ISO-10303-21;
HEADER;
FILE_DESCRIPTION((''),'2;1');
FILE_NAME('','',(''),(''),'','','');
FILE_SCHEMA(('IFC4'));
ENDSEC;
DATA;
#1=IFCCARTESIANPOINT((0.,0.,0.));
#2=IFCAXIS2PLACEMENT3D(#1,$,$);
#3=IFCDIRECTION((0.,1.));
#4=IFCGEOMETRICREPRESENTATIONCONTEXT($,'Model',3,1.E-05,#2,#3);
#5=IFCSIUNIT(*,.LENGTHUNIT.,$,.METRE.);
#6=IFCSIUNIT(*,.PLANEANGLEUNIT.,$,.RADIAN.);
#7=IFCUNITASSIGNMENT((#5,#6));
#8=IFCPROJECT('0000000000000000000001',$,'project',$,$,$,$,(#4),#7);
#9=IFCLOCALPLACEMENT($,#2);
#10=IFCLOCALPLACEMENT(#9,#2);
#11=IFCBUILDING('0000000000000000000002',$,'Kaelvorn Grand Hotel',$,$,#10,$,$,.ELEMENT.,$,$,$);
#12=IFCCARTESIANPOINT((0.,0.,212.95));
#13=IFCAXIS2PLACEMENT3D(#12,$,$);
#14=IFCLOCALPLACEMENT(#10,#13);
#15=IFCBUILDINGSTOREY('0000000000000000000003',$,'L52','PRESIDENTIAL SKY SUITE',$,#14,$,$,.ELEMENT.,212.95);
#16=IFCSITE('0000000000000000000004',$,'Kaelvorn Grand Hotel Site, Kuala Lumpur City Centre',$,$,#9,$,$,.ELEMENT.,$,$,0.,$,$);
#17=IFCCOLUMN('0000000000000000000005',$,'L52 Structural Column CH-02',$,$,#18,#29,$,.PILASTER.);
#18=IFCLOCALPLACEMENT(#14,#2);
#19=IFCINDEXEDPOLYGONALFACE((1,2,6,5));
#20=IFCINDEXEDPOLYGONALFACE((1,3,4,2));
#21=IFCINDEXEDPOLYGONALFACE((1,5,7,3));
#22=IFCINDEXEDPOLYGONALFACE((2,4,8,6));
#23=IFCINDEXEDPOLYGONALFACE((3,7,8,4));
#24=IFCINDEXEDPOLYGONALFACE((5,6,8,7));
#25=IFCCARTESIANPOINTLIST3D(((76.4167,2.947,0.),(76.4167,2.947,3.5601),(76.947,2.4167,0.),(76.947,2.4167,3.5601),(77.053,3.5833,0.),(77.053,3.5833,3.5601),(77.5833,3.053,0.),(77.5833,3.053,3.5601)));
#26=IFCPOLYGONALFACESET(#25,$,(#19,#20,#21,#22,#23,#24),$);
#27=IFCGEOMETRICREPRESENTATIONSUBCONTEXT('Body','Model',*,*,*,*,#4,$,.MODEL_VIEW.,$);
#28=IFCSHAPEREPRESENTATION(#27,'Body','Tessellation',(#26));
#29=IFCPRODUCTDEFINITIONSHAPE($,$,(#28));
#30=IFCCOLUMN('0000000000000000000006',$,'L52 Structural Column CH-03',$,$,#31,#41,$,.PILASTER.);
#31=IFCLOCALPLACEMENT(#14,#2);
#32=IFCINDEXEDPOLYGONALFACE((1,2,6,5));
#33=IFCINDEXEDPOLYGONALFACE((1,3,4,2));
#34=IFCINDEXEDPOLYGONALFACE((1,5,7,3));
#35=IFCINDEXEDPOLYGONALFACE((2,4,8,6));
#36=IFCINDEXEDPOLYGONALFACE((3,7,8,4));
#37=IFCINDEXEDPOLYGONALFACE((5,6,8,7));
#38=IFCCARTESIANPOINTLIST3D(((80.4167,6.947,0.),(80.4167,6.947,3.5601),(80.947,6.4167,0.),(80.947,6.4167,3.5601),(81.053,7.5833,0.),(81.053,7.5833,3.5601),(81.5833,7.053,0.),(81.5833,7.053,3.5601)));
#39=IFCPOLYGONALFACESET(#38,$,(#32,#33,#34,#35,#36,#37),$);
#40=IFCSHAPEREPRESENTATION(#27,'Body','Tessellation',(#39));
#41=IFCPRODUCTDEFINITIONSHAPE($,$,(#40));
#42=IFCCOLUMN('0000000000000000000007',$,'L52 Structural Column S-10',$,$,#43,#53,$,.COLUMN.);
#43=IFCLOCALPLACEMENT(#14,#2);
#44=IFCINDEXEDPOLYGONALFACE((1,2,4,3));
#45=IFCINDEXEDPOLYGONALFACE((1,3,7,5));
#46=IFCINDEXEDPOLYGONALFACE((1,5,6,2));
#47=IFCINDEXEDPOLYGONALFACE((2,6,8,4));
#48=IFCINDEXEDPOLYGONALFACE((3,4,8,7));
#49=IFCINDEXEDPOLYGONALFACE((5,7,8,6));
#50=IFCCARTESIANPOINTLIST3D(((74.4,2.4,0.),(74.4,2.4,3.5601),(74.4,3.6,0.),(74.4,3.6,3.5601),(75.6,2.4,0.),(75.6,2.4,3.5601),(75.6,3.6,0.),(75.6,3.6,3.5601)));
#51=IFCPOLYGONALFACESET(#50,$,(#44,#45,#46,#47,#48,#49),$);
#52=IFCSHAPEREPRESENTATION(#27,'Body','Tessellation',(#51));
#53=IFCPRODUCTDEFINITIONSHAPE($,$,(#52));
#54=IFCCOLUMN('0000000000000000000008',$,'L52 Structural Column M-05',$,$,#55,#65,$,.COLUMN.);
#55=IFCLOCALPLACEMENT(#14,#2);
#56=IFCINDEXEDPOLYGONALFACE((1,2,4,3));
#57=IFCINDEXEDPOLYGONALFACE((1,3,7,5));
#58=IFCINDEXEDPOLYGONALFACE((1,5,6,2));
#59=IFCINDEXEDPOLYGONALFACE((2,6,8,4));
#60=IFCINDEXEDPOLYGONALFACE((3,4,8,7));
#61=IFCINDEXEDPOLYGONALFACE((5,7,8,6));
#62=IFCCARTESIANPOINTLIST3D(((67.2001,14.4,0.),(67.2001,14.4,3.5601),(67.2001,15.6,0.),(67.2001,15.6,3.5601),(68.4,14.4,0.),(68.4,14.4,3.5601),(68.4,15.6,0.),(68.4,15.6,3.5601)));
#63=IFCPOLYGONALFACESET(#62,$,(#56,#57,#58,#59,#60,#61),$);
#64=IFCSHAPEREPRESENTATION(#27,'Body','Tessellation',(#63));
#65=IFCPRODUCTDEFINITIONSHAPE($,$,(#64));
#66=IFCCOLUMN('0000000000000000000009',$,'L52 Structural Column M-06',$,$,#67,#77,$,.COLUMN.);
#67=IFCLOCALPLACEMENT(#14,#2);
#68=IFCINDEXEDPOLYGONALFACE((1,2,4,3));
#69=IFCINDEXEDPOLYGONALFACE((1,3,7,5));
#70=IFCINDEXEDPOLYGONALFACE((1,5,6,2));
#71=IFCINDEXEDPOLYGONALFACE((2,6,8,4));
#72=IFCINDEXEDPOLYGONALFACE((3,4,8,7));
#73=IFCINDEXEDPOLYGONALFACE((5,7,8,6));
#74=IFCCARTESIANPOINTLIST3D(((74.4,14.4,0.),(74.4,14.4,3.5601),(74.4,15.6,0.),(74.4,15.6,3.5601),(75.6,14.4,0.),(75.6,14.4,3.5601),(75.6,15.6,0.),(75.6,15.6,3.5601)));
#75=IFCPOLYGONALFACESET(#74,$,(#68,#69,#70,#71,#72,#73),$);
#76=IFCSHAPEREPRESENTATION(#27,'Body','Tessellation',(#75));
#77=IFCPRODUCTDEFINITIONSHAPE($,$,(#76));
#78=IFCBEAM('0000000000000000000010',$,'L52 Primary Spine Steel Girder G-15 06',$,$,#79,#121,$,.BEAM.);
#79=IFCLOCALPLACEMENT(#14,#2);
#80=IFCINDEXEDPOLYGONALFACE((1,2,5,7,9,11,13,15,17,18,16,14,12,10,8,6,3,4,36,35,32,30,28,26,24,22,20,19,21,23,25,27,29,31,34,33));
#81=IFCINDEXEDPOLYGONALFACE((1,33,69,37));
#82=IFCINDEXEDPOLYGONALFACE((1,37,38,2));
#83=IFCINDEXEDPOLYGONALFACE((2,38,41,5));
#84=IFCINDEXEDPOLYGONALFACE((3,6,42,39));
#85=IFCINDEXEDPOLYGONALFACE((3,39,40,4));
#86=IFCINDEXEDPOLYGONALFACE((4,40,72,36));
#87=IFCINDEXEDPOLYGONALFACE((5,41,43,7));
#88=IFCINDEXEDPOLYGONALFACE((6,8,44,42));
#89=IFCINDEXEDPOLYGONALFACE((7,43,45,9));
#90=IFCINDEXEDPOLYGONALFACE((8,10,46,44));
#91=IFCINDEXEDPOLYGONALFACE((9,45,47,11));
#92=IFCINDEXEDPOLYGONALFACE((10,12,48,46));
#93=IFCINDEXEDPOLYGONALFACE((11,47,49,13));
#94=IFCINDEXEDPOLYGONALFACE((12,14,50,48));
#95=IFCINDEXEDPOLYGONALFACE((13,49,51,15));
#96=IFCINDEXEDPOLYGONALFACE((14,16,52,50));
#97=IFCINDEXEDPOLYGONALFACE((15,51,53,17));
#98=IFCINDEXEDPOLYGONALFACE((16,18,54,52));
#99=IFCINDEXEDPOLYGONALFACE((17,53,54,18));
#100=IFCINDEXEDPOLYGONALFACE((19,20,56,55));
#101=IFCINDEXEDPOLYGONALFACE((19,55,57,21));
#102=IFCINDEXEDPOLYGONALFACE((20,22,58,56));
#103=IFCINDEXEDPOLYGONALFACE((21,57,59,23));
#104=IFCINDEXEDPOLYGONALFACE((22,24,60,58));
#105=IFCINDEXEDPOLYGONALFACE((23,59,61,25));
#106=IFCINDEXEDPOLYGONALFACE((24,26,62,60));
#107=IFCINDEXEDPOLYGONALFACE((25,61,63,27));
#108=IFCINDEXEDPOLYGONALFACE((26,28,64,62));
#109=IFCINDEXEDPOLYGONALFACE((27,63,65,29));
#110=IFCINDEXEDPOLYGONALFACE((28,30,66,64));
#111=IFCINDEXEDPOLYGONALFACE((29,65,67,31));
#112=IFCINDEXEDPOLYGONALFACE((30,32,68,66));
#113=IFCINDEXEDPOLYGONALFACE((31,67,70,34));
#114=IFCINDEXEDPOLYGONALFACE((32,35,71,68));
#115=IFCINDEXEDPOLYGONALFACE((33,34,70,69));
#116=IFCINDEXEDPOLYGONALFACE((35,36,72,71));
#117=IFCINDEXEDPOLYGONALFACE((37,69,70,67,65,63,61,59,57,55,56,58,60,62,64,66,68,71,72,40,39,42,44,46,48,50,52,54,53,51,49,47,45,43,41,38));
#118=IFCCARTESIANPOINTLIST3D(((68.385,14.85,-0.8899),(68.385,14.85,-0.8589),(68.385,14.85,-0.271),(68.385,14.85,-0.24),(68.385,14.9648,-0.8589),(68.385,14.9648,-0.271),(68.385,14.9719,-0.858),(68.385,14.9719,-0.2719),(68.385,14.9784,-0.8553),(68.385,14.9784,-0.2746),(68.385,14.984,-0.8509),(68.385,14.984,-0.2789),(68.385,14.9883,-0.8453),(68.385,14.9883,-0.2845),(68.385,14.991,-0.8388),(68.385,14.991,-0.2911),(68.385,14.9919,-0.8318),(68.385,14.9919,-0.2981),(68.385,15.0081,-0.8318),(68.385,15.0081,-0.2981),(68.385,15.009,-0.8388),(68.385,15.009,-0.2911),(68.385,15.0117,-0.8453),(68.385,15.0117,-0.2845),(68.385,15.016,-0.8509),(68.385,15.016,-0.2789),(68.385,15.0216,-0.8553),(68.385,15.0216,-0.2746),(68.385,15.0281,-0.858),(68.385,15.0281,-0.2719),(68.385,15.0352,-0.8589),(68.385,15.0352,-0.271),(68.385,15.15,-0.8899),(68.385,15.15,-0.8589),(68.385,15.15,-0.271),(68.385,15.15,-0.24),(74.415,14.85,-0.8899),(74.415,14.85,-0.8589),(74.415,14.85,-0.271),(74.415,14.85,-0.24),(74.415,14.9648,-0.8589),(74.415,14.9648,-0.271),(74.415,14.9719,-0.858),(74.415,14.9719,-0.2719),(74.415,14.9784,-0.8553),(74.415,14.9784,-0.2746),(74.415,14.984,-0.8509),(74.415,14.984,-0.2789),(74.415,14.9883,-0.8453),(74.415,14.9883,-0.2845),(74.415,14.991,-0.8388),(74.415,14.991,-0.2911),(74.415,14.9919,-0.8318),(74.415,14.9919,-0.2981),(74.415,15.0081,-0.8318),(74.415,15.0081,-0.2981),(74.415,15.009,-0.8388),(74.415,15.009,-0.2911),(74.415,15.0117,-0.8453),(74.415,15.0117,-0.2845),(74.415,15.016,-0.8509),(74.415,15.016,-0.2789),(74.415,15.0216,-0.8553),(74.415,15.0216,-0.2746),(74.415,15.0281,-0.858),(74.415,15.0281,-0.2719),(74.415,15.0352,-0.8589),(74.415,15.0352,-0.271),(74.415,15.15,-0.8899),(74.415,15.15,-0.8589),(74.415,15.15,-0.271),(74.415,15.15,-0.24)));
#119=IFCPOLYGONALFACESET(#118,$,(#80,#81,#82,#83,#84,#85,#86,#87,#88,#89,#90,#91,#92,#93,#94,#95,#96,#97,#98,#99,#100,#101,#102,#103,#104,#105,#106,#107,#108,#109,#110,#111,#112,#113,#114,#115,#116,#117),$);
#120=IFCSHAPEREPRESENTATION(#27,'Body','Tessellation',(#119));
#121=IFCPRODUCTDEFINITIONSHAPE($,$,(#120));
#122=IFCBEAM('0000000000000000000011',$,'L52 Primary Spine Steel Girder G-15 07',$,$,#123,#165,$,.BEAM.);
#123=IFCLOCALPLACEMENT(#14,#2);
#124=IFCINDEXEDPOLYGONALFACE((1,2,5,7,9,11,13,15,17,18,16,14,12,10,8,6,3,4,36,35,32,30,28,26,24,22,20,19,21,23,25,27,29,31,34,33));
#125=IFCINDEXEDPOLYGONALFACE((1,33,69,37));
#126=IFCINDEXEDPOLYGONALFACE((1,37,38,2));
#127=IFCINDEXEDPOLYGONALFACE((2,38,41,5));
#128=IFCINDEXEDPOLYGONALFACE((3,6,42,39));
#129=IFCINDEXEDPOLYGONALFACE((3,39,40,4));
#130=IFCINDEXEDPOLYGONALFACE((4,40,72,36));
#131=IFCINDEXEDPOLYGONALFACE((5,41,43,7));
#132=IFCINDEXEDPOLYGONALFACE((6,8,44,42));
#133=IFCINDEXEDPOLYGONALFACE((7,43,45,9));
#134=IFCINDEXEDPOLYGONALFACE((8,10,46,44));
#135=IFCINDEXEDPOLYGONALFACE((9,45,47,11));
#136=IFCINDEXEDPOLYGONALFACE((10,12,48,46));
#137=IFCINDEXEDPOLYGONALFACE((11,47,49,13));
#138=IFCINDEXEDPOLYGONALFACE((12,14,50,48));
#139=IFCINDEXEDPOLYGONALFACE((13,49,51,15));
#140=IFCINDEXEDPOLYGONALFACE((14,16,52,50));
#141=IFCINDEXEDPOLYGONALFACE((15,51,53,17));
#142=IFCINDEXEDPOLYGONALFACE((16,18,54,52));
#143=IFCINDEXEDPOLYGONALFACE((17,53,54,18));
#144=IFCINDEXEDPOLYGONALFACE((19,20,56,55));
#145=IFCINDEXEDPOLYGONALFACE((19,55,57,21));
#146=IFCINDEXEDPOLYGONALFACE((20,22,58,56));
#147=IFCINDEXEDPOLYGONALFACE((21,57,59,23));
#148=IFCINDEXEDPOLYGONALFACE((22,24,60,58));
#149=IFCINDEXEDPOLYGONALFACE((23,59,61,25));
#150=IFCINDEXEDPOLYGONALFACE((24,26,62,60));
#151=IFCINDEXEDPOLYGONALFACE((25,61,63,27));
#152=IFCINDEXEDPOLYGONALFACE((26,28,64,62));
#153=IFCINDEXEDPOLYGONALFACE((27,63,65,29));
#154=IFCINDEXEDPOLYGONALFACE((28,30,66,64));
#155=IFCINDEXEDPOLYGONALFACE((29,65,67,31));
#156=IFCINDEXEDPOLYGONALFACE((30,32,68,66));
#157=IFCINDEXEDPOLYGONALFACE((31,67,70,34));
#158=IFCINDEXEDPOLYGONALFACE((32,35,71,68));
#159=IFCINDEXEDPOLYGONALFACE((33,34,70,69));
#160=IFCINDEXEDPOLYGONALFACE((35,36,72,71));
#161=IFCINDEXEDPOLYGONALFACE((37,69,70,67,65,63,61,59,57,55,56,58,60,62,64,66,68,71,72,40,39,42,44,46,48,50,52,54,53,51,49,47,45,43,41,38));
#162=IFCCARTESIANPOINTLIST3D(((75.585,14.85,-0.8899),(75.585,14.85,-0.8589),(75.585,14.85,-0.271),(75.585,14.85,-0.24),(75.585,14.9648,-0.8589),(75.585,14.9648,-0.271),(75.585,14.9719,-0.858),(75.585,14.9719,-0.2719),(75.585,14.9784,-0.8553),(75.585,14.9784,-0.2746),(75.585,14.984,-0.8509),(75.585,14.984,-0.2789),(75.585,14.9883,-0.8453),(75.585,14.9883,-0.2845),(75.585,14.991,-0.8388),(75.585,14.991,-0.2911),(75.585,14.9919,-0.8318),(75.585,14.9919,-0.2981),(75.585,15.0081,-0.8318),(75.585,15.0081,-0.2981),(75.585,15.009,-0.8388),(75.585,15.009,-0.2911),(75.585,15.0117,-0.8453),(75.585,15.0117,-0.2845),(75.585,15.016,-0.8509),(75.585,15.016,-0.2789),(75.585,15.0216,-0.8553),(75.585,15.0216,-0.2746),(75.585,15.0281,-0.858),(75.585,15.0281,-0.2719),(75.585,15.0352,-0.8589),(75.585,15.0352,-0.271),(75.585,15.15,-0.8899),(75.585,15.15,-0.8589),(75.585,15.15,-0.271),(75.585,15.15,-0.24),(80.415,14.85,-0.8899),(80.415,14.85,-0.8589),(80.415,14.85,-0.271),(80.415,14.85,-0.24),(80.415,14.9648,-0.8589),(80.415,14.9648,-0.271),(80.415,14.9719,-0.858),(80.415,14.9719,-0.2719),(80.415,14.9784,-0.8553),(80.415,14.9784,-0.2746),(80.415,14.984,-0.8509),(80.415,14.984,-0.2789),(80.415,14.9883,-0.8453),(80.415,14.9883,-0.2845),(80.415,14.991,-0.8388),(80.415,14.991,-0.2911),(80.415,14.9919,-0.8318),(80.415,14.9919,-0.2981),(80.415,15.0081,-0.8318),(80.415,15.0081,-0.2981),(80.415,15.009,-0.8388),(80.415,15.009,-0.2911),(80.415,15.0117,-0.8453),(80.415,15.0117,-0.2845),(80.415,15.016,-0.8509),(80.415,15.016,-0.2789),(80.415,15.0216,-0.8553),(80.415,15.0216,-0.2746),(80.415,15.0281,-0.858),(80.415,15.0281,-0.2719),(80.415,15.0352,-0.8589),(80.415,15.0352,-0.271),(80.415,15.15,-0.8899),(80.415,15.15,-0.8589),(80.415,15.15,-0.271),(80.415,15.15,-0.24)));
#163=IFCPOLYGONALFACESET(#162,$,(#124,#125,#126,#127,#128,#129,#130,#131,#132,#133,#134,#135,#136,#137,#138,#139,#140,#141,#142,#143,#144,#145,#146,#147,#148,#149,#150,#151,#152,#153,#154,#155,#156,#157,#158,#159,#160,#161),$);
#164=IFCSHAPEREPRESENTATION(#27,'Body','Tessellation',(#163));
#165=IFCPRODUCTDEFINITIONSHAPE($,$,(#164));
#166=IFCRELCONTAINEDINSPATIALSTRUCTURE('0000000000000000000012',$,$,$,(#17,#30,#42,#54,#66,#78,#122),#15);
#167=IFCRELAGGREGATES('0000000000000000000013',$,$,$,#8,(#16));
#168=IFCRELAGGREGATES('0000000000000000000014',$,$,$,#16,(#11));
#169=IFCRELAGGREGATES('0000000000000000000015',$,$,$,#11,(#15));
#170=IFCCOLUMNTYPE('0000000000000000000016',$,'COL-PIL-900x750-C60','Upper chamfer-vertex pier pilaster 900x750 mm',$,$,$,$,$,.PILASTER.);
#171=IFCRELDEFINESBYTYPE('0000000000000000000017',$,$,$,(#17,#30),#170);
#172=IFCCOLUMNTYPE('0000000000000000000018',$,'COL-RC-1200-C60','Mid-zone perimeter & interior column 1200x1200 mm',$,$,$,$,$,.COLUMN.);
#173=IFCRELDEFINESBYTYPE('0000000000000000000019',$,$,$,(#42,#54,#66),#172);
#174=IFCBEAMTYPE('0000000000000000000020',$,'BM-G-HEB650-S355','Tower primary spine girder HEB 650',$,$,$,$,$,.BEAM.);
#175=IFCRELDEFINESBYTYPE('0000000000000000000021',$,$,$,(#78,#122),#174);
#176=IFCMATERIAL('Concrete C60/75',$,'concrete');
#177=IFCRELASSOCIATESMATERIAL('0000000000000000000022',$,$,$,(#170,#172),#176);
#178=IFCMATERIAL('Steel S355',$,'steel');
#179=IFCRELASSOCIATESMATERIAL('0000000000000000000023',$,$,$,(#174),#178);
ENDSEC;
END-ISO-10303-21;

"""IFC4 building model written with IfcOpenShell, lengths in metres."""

from ifc_helpers import new_model, si_unit, direction, frame, origin, origin_2d, place, context, subcontext, project, spatial, rectangle, i_section, extrude, material, material_profile, profile_set, type_object, element, save


model = new_model("IFC4")

# Units and contexts
model_context = context("Model", 3, precision=1e-05, world=origin(), true_north=direction((0.0, 1.0)))
body_context = subcontext(model_context, "Body", "Model", "MODEL_VIEW")
ifc_project = project(units=[si_unit("LENGTHUNIT", "METRE"), si_unit("PLANEANGLEUNIT", "RADIAN")], contexts=[model_context])

# Site, building, storey
site_placement = place(None, origin())
site = spatial("IfcSite", under=ifc_project, at=site_placement, Name="Kaelvorn Grand Hotel Site, Kuala Lumpur City Centre", CompositionType="ELEMENT", RefElevation=0.0)
building_placement = place(site_placement, origin())
building = spatial("IfcBuilding", under=site, at=building_placement, Name="Kaelvorn Grand Hotel", CompositionType="ELEMENT")
storey_placement = place(building_placement, frame((0.0, 0.0, 212.95)))
storey = spatial("IfcBuildingStorey", under=building, at=storey_placement, Name="L52", Description="PRESIDENTIAL SKY SUITE", CompositionType="ELEMENT", Elevation=212.95)

# Columns
ifc_material_1 = material(Name="Concrete C60/75", Category="concrete")
ifc_material_profile_1 = material_profile(ifc_material_1, rectangle(XDim=0.8999, YDim=0.75, at=origin_2d()), Name="RC PILASTER 900x750")
ifc_profile_set_1 = profile_set([ifc_material_profile_1], Name="Concrete C60/75")
column_type_1 = type_object("IfcColumnType", Name="COL-PIL-900x750-C60", Description="Upper chamfer-vertex pier pilaster 900x750 mm", PredefinedType="PILASTER", material=ifc_profile_set_1)
for number, where, z_axis, x_axis, name in (
    (1, (77.0, 3.0, 0.0), (0.0, 0.0, 1.0), (0.707107, 0.707107, 0.0), "L52 Structural Column CH-02"),
    (2, (81.0, 7.0, 0.0), (0.0, 0.0, 1.0), (0.707107, 0.707107, 0.0), "L52 Structural Column CH-03"),
):
    element("IfcColumn", number, at=place(storey_placement, frame(where, z_axis=z_axis, x_axis=x_axis)), inside=storey, type_object=column_type_1, Name=name, PredefinedType="PILASTER", context=body_context, shape_type="SweptSolid", body=[
        extrude(rectangle(XDim=0.8999, YDim=0.75, at=origin_2d()), origin(), (0.0, 0.0, 1.0), 3.5601),
    ])
ifc_material_profile_2 = material_profile(ifc_material_1, rectangle(XDim=1.2, YDim=1.2, at=origin_2d()), Name="RC COL 1200x1200")
ifc_profile_set_2 = profile_set([ifc_material_profile_2], Name="Concrete C60/75")
column_type_2 = type_object("IfcColumnType", Name="COL-RC-1200-C60", Description="Mid-zone perimeter & interior column 1200x1200 mm", PredefinedType="COLUMN", material=ifc_profile_set_2)
for number, where, z_axis, x_axis, name in (
    (3, (75.0, 3.0, 0.0), (0.0, 0.0, 1.0), (1.0, 0.0, 0.0), "L52 Structural Column S-10"),
    (4, (67.8, 15.0, 0.0), (0.0, 0.0, 1.0), (1.0, 0.0, 0.0), "L52 Structural Column M-05"),
    (5, (75.0, 15.0, 0.0), (0.0, 0.0, 1.0), (1.0, 0.0, 0.0), "L52 Structural Column M-06"),
):
    element("IfcColumn", number, at=place(storey_placement, frame(where, z_axis=z_axis, x_axis=x_axis)), inside=storey, type_object=column_type_2, Name=name, PredefinedType="COLUMN", context=body_context, shape_type="SweptSolid", body=[
        extrude(rectangle(XDim=1.2, YDim=1.2, at=origin_2d()), origin(), (0.0, 0.0, 1.0), 3.5601),
    ])

# Beams
ifc_material_2 = material(Name="Steel S355", Category="steel")
ifc_material_profile_3 = material_profile(ifc_material_2, i_section(OverallWidth=0.3, OverallDepth=0.6499, WebThickness=0.0161, FlangeThickness=0.031, FilletRadius=0.0271, at=origin_2d()), Name="HEB 650")
ifc_profile_set_3 = profile_set([ifc_material_profile_3], Name="Steel S355")
beam_type_1 = type_object("IfcBeamType", Name="BM-G-HEB650-S355", Description="Tower primary spine girder HEB 650", PredefinedType="BEAM", material=ifc_profile_set_3)
beam_1_placement = place(storey_placement, frame((68.385, 15.0, -0.5649), z_axis=(1.0, 0.0, 0.0), x_axis=(0.0, 1.0, 0.0)))
element("IfcBeam", 6, at=beam_1_placement, inside=storey, type_object=beam_type_1, Name="L52 Primary Spine Steel Girder G-15 06", PredefinedType="BEAM", context=body_context, shape_type="SweptSolid", body=[
    extrude(i_section(OverallWidth=0.3, OverallDepth=0.6499, WebThickness=0.0161, FlangeThickness=0.031, FilletRadius=0.0271, at=origin_2d()), origin(), (0.0, 0.0, 1.0), 6.03),
])
beam_2_placement = place(storey_placement, frame((75.585, 15.0, -0.5649), z_axis=(1.0, 0.0, 0.0), x_axis=(0.0, 1.0, 0.0)))
element("IfcBeam", 7, at=beam_2_placement, inside=storey, type_object=beam_type_1, Name="L52 Primary Spine Steel Girder G-15 07", PredefinedType="BEAM", context=body_context, shape_type="SweptSolid", body=[
    extrude(i_section(OverallWidth=0.3, OverallDepth=0.6499, WebThickness=0.0161, FlangeThickness=0.031, FilletRadius=0.0271, at=origin_2d()), origin(), (0.0, 0.0, 1.0), 4.8301),
])

save(model, "model.ifc")
